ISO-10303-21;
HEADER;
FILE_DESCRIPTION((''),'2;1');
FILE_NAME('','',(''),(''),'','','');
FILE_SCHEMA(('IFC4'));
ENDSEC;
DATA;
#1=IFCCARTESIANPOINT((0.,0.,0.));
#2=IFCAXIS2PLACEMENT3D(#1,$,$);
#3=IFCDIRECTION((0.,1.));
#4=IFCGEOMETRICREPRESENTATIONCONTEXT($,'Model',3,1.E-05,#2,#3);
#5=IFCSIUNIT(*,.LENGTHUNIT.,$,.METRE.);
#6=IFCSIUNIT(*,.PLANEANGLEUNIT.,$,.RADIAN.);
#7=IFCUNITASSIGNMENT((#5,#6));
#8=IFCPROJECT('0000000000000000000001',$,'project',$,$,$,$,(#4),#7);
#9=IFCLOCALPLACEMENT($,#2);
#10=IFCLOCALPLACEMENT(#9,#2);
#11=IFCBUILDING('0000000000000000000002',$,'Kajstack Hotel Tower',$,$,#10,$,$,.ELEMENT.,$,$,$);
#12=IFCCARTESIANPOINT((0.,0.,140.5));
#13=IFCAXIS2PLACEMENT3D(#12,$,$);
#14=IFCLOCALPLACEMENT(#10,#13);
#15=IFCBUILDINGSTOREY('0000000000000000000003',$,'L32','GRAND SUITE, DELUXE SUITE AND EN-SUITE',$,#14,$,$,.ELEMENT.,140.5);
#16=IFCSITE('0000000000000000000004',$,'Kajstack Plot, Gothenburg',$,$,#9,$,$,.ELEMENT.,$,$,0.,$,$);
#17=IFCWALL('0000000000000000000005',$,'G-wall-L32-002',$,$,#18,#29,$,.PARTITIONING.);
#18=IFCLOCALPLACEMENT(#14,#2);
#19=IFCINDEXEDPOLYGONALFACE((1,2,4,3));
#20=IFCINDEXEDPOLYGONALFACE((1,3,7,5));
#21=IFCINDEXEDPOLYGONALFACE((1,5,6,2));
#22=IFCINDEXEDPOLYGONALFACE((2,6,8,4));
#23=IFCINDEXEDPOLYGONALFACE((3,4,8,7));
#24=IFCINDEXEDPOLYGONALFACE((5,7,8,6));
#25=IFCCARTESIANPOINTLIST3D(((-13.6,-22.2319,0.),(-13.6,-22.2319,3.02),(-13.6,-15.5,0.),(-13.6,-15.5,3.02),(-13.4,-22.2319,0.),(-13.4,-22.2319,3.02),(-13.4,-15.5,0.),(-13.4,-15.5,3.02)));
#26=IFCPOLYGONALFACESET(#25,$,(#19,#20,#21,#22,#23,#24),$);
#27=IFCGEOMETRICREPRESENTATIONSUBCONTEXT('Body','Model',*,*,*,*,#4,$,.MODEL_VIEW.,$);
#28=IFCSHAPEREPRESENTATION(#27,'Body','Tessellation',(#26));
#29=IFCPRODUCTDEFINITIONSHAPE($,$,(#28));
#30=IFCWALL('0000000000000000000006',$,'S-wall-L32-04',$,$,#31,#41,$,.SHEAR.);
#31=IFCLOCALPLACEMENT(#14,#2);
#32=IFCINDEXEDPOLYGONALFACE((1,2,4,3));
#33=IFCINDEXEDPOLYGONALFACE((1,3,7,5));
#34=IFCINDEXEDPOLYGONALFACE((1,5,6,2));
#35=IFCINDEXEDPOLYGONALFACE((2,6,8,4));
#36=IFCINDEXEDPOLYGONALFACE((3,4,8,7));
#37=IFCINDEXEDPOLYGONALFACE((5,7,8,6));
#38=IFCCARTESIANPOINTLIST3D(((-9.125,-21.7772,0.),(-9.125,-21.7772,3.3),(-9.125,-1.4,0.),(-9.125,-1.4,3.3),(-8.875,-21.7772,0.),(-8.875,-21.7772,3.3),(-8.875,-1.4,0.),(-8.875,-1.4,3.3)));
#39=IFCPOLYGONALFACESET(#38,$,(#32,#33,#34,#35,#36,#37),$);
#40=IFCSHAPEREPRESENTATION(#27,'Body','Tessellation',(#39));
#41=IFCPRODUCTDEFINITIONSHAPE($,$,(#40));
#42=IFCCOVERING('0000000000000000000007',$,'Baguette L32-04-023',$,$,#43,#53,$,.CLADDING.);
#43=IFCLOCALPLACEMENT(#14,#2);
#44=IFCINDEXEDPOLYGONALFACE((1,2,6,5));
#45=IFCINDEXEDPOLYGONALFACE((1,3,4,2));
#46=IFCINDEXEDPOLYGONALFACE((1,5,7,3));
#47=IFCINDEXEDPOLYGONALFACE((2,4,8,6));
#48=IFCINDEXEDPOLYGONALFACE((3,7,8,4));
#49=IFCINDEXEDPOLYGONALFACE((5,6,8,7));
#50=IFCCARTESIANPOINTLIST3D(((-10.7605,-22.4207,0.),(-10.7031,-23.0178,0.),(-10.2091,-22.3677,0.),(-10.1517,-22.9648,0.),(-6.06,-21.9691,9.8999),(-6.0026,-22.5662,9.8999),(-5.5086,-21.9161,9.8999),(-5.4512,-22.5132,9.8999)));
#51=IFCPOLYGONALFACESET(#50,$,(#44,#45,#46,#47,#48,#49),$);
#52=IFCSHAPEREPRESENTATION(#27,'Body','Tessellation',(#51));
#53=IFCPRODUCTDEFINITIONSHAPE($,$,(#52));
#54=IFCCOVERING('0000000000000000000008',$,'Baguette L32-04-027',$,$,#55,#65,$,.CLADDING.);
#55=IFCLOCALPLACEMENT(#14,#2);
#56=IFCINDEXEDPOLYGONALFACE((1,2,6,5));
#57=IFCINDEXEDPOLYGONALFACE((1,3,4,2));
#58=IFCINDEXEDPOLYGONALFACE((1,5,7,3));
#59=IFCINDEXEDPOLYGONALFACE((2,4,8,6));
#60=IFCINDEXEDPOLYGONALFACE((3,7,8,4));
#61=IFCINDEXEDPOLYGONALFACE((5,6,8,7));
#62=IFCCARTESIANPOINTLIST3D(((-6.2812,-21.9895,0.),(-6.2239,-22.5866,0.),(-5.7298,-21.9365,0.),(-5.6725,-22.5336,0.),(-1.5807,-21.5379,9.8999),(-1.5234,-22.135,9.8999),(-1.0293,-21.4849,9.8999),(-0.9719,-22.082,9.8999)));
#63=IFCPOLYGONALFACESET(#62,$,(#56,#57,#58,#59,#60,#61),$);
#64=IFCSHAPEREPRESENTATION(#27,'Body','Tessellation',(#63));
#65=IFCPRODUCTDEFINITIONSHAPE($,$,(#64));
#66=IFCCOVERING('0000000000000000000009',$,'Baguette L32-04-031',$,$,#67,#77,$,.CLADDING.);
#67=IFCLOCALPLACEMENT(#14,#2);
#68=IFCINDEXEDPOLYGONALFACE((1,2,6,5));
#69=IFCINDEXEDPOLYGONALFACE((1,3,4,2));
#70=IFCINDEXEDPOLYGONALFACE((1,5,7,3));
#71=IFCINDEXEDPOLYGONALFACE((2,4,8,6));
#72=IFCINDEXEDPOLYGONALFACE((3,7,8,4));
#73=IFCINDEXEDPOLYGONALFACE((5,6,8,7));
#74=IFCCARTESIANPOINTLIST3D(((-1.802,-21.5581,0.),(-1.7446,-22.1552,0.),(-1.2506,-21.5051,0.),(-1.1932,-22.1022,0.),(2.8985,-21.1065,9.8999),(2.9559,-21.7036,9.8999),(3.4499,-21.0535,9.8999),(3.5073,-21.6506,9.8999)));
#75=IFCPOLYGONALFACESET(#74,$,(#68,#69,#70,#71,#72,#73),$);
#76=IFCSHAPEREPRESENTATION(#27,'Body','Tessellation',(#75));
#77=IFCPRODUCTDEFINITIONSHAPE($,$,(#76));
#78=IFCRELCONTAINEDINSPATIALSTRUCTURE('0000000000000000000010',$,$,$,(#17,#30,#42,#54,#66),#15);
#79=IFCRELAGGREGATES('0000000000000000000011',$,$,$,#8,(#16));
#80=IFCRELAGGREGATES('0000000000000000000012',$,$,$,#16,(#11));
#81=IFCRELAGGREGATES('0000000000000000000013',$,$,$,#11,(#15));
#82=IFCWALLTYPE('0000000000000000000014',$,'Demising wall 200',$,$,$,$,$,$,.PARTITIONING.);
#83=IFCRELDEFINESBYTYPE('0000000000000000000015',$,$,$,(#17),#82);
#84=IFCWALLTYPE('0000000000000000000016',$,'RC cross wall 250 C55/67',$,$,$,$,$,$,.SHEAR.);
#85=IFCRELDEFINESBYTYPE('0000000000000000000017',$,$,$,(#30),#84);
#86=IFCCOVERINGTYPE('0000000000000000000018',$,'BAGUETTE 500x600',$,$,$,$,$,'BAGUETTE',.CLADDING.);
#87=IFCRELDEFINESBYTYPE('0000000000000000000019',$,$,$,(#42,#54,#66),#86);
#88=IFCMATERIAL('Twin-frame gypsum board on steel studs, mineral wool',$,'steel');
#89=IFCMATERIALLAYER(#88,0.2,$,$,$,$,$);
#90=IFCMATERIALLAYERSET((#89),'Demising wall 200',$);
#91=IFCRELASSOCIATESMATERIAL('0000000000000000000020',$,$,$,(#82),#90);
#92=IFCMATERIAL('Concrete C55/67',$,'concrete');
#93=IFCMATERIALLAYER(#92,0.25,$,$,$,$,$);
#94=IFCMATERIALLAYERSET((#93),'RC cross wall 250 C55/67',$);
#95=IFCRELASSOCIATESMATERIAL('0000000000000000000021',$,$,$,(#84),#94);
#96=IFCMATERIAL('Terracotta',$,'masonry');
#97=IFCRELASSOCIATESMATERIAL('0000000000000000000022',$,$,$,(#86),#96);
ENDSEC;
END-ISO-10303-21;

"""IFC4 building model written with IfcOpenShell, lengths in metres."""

from ifc_helpers import new_model, si_unit, direction, frame, frame_2d, origin, origin_2d, place, context, subcontext, project, spatial, polyline, rectangle, outline, extrude, material, layer, layer_set, material_profile, profile_set, type_object, element, save


model = new_model("IFC4")

# Units and contexts
model_context = context("Model", 3, precision=1e-05, world=origin(), true_north=direction((0.0, 1.0)))
body_context = subcontext(model_context, "Body", "Model", "MODEL_VIEW")
ifc_project = project(units=[si_unit("LENGTHUNIT", "METRE"), si_unit("PLANEANGLEUNIT", "RADIAN")], contexts=[model_context])

# Site, building, storey
site_placement = place(None, origin())
site = spatial("IfcSite", under=ifc_project, at=site_placement, Name="Kajstack Plot, Gothenburg", CompositionType="ELEMENT", RefElevation=0.0)
building_placement = place(site_placement, origin())
building = spatial("IfcBuilding", under=site, at=building_placement, Name="Kajstack Hotel Tower", CompositionType="ELEMENT")
storey_placement = place(building_placement, frame((0.0, 0.0, 140.5)))
storey = spatial("IfcBuildingStorey", under=building, at=storey_placement, Name="L32", Description="GRAND SUITE, DELUXE SUITE AND EN-SUITE", CompositionType="ELEMENT", Elevation=140.5)

# Wall
ifc_material_1 = material(Name="Twin-frame gypsum board on steel studs, mineral wool", Category="steel")
ifc_layer_1 = layer(ifc_material_1, 0.2)
ifc_layer_set_1 = layer_set([ifc_layer_1], Name="Demising wall 200")
wall_type_1 = type_object("IfcWallType", Name="Demising wall 200", PredefinedType="PARTITIONING", material=ifc_layer_set_1)
wall_1_placement = place(storey_placement, frame((-13.5, -22.2319, 0.0), z_axis=(0.0, 0.0, 1.0), x_axis=(0.0, 1.0, 0.0)))
element("IfcWall", 1, at=wall_1_placement, inside=storey, type_object=wall_type_1, Name="G-wall-L32-002", PredefinedType="PARTITIONING", context=body_context, shape_type="SweptSolid", body=[
    extrude(rectangle(XDim=6.7319, YDim=0.2, at=frame_2d((3.366, 0.0))), origin(), (0.0, 0.0, 1.0), 3.02),
])

# Wall
ifc_material_2 = material(Name="Concrete C55/67", Category="concrete")
ifc_layer_2 = layer(ifc_material_2, 0.25)
ifc_layer_set_2 = layer_set([ifc_layer_2], Name="RC cross wall 250 C55/67")
wall_type_2 = type_object("IfcWallType", Name="RC cross wall 250 C55/67", PredefinedType="SHEAR", material=ifc_layer_set_2)
wall_2_placement = place(storey_placement, frame((-9.0, -21.7771, 0.0), z_axis=(0.0, 0.0, 1.0), x_axis=(0.0, 1.0, 0.0)))
element("IfcWall", 2, at=wall_2_placement, inside=storey, type_object=wall_type_2, Name="S-wall-L32-04", PredefinedType="SHEAR", context=body_context, shape_type="SweptSolid", body=[
    extrude(rectangle(XDim=20.3772, YDim=0.25, at=frame_2d((10.1885, 0.0))), origin(), (0.0, 0.0, 1.0), 3.3),
])

# Coverings
ifc_material_3 = material(Name="Terracotta", Category="masonry")
ifc_material_profile = material_profile(ifc_material_3, rectangle(XDim=0.6001, YDim=0.5, at=origin_2d()), Name="Terracotta-clad concrete baguette 500 x 600")
ifc_profile_set = profile_set([ifc_material_profile], Name="Terracotta")
covering_type = type_object("IfcCoveringType", Name="BAGUETTE 500x600", ElementType="BAGUETTE", PredefinedType="CLADDING", material=ifc_profile_set)
for number, where, z_axis, x_axis, name in (
    (3, (-10.7605, -22.4207, 0.0), (0.095635, -0.995416, 0.0), (0.995416, 0.095635, 0.0), "Baguette L32-04-023"),
    (4, (-6.2812, -21.9895, 0.0), (0.095635, -0.995416, 0.0), (0.995416, 0.095635, 0.0), "Baguette L32-04-027"),
    (5, (-1.802, -21.5581, 0.0), (0.095635, -0.995416, 0.0), (0.995416, 0.095635, 0.0), "Baguette L32-04-031"),
):
    element("IfcCovering", number, at=place(storey_placement, frame(where, z_axis=z_axis, x_axis=x_axis)), inside=storey, type_object=covering_type, Name=name, PredefinedType="CLADDING", context=body_context, shape_type="SweptSolid", body=[
        extrude(outline(polyline([(4.7222, 9.8999), (0.0, 0.0), (0.554, 0.0), (5.2761, 9.8999), (4.7222, 9.8999)])), origin(), (0.0, 0.0, 1.0), 0.5999),
    ])

save(model, "model.ifc")
